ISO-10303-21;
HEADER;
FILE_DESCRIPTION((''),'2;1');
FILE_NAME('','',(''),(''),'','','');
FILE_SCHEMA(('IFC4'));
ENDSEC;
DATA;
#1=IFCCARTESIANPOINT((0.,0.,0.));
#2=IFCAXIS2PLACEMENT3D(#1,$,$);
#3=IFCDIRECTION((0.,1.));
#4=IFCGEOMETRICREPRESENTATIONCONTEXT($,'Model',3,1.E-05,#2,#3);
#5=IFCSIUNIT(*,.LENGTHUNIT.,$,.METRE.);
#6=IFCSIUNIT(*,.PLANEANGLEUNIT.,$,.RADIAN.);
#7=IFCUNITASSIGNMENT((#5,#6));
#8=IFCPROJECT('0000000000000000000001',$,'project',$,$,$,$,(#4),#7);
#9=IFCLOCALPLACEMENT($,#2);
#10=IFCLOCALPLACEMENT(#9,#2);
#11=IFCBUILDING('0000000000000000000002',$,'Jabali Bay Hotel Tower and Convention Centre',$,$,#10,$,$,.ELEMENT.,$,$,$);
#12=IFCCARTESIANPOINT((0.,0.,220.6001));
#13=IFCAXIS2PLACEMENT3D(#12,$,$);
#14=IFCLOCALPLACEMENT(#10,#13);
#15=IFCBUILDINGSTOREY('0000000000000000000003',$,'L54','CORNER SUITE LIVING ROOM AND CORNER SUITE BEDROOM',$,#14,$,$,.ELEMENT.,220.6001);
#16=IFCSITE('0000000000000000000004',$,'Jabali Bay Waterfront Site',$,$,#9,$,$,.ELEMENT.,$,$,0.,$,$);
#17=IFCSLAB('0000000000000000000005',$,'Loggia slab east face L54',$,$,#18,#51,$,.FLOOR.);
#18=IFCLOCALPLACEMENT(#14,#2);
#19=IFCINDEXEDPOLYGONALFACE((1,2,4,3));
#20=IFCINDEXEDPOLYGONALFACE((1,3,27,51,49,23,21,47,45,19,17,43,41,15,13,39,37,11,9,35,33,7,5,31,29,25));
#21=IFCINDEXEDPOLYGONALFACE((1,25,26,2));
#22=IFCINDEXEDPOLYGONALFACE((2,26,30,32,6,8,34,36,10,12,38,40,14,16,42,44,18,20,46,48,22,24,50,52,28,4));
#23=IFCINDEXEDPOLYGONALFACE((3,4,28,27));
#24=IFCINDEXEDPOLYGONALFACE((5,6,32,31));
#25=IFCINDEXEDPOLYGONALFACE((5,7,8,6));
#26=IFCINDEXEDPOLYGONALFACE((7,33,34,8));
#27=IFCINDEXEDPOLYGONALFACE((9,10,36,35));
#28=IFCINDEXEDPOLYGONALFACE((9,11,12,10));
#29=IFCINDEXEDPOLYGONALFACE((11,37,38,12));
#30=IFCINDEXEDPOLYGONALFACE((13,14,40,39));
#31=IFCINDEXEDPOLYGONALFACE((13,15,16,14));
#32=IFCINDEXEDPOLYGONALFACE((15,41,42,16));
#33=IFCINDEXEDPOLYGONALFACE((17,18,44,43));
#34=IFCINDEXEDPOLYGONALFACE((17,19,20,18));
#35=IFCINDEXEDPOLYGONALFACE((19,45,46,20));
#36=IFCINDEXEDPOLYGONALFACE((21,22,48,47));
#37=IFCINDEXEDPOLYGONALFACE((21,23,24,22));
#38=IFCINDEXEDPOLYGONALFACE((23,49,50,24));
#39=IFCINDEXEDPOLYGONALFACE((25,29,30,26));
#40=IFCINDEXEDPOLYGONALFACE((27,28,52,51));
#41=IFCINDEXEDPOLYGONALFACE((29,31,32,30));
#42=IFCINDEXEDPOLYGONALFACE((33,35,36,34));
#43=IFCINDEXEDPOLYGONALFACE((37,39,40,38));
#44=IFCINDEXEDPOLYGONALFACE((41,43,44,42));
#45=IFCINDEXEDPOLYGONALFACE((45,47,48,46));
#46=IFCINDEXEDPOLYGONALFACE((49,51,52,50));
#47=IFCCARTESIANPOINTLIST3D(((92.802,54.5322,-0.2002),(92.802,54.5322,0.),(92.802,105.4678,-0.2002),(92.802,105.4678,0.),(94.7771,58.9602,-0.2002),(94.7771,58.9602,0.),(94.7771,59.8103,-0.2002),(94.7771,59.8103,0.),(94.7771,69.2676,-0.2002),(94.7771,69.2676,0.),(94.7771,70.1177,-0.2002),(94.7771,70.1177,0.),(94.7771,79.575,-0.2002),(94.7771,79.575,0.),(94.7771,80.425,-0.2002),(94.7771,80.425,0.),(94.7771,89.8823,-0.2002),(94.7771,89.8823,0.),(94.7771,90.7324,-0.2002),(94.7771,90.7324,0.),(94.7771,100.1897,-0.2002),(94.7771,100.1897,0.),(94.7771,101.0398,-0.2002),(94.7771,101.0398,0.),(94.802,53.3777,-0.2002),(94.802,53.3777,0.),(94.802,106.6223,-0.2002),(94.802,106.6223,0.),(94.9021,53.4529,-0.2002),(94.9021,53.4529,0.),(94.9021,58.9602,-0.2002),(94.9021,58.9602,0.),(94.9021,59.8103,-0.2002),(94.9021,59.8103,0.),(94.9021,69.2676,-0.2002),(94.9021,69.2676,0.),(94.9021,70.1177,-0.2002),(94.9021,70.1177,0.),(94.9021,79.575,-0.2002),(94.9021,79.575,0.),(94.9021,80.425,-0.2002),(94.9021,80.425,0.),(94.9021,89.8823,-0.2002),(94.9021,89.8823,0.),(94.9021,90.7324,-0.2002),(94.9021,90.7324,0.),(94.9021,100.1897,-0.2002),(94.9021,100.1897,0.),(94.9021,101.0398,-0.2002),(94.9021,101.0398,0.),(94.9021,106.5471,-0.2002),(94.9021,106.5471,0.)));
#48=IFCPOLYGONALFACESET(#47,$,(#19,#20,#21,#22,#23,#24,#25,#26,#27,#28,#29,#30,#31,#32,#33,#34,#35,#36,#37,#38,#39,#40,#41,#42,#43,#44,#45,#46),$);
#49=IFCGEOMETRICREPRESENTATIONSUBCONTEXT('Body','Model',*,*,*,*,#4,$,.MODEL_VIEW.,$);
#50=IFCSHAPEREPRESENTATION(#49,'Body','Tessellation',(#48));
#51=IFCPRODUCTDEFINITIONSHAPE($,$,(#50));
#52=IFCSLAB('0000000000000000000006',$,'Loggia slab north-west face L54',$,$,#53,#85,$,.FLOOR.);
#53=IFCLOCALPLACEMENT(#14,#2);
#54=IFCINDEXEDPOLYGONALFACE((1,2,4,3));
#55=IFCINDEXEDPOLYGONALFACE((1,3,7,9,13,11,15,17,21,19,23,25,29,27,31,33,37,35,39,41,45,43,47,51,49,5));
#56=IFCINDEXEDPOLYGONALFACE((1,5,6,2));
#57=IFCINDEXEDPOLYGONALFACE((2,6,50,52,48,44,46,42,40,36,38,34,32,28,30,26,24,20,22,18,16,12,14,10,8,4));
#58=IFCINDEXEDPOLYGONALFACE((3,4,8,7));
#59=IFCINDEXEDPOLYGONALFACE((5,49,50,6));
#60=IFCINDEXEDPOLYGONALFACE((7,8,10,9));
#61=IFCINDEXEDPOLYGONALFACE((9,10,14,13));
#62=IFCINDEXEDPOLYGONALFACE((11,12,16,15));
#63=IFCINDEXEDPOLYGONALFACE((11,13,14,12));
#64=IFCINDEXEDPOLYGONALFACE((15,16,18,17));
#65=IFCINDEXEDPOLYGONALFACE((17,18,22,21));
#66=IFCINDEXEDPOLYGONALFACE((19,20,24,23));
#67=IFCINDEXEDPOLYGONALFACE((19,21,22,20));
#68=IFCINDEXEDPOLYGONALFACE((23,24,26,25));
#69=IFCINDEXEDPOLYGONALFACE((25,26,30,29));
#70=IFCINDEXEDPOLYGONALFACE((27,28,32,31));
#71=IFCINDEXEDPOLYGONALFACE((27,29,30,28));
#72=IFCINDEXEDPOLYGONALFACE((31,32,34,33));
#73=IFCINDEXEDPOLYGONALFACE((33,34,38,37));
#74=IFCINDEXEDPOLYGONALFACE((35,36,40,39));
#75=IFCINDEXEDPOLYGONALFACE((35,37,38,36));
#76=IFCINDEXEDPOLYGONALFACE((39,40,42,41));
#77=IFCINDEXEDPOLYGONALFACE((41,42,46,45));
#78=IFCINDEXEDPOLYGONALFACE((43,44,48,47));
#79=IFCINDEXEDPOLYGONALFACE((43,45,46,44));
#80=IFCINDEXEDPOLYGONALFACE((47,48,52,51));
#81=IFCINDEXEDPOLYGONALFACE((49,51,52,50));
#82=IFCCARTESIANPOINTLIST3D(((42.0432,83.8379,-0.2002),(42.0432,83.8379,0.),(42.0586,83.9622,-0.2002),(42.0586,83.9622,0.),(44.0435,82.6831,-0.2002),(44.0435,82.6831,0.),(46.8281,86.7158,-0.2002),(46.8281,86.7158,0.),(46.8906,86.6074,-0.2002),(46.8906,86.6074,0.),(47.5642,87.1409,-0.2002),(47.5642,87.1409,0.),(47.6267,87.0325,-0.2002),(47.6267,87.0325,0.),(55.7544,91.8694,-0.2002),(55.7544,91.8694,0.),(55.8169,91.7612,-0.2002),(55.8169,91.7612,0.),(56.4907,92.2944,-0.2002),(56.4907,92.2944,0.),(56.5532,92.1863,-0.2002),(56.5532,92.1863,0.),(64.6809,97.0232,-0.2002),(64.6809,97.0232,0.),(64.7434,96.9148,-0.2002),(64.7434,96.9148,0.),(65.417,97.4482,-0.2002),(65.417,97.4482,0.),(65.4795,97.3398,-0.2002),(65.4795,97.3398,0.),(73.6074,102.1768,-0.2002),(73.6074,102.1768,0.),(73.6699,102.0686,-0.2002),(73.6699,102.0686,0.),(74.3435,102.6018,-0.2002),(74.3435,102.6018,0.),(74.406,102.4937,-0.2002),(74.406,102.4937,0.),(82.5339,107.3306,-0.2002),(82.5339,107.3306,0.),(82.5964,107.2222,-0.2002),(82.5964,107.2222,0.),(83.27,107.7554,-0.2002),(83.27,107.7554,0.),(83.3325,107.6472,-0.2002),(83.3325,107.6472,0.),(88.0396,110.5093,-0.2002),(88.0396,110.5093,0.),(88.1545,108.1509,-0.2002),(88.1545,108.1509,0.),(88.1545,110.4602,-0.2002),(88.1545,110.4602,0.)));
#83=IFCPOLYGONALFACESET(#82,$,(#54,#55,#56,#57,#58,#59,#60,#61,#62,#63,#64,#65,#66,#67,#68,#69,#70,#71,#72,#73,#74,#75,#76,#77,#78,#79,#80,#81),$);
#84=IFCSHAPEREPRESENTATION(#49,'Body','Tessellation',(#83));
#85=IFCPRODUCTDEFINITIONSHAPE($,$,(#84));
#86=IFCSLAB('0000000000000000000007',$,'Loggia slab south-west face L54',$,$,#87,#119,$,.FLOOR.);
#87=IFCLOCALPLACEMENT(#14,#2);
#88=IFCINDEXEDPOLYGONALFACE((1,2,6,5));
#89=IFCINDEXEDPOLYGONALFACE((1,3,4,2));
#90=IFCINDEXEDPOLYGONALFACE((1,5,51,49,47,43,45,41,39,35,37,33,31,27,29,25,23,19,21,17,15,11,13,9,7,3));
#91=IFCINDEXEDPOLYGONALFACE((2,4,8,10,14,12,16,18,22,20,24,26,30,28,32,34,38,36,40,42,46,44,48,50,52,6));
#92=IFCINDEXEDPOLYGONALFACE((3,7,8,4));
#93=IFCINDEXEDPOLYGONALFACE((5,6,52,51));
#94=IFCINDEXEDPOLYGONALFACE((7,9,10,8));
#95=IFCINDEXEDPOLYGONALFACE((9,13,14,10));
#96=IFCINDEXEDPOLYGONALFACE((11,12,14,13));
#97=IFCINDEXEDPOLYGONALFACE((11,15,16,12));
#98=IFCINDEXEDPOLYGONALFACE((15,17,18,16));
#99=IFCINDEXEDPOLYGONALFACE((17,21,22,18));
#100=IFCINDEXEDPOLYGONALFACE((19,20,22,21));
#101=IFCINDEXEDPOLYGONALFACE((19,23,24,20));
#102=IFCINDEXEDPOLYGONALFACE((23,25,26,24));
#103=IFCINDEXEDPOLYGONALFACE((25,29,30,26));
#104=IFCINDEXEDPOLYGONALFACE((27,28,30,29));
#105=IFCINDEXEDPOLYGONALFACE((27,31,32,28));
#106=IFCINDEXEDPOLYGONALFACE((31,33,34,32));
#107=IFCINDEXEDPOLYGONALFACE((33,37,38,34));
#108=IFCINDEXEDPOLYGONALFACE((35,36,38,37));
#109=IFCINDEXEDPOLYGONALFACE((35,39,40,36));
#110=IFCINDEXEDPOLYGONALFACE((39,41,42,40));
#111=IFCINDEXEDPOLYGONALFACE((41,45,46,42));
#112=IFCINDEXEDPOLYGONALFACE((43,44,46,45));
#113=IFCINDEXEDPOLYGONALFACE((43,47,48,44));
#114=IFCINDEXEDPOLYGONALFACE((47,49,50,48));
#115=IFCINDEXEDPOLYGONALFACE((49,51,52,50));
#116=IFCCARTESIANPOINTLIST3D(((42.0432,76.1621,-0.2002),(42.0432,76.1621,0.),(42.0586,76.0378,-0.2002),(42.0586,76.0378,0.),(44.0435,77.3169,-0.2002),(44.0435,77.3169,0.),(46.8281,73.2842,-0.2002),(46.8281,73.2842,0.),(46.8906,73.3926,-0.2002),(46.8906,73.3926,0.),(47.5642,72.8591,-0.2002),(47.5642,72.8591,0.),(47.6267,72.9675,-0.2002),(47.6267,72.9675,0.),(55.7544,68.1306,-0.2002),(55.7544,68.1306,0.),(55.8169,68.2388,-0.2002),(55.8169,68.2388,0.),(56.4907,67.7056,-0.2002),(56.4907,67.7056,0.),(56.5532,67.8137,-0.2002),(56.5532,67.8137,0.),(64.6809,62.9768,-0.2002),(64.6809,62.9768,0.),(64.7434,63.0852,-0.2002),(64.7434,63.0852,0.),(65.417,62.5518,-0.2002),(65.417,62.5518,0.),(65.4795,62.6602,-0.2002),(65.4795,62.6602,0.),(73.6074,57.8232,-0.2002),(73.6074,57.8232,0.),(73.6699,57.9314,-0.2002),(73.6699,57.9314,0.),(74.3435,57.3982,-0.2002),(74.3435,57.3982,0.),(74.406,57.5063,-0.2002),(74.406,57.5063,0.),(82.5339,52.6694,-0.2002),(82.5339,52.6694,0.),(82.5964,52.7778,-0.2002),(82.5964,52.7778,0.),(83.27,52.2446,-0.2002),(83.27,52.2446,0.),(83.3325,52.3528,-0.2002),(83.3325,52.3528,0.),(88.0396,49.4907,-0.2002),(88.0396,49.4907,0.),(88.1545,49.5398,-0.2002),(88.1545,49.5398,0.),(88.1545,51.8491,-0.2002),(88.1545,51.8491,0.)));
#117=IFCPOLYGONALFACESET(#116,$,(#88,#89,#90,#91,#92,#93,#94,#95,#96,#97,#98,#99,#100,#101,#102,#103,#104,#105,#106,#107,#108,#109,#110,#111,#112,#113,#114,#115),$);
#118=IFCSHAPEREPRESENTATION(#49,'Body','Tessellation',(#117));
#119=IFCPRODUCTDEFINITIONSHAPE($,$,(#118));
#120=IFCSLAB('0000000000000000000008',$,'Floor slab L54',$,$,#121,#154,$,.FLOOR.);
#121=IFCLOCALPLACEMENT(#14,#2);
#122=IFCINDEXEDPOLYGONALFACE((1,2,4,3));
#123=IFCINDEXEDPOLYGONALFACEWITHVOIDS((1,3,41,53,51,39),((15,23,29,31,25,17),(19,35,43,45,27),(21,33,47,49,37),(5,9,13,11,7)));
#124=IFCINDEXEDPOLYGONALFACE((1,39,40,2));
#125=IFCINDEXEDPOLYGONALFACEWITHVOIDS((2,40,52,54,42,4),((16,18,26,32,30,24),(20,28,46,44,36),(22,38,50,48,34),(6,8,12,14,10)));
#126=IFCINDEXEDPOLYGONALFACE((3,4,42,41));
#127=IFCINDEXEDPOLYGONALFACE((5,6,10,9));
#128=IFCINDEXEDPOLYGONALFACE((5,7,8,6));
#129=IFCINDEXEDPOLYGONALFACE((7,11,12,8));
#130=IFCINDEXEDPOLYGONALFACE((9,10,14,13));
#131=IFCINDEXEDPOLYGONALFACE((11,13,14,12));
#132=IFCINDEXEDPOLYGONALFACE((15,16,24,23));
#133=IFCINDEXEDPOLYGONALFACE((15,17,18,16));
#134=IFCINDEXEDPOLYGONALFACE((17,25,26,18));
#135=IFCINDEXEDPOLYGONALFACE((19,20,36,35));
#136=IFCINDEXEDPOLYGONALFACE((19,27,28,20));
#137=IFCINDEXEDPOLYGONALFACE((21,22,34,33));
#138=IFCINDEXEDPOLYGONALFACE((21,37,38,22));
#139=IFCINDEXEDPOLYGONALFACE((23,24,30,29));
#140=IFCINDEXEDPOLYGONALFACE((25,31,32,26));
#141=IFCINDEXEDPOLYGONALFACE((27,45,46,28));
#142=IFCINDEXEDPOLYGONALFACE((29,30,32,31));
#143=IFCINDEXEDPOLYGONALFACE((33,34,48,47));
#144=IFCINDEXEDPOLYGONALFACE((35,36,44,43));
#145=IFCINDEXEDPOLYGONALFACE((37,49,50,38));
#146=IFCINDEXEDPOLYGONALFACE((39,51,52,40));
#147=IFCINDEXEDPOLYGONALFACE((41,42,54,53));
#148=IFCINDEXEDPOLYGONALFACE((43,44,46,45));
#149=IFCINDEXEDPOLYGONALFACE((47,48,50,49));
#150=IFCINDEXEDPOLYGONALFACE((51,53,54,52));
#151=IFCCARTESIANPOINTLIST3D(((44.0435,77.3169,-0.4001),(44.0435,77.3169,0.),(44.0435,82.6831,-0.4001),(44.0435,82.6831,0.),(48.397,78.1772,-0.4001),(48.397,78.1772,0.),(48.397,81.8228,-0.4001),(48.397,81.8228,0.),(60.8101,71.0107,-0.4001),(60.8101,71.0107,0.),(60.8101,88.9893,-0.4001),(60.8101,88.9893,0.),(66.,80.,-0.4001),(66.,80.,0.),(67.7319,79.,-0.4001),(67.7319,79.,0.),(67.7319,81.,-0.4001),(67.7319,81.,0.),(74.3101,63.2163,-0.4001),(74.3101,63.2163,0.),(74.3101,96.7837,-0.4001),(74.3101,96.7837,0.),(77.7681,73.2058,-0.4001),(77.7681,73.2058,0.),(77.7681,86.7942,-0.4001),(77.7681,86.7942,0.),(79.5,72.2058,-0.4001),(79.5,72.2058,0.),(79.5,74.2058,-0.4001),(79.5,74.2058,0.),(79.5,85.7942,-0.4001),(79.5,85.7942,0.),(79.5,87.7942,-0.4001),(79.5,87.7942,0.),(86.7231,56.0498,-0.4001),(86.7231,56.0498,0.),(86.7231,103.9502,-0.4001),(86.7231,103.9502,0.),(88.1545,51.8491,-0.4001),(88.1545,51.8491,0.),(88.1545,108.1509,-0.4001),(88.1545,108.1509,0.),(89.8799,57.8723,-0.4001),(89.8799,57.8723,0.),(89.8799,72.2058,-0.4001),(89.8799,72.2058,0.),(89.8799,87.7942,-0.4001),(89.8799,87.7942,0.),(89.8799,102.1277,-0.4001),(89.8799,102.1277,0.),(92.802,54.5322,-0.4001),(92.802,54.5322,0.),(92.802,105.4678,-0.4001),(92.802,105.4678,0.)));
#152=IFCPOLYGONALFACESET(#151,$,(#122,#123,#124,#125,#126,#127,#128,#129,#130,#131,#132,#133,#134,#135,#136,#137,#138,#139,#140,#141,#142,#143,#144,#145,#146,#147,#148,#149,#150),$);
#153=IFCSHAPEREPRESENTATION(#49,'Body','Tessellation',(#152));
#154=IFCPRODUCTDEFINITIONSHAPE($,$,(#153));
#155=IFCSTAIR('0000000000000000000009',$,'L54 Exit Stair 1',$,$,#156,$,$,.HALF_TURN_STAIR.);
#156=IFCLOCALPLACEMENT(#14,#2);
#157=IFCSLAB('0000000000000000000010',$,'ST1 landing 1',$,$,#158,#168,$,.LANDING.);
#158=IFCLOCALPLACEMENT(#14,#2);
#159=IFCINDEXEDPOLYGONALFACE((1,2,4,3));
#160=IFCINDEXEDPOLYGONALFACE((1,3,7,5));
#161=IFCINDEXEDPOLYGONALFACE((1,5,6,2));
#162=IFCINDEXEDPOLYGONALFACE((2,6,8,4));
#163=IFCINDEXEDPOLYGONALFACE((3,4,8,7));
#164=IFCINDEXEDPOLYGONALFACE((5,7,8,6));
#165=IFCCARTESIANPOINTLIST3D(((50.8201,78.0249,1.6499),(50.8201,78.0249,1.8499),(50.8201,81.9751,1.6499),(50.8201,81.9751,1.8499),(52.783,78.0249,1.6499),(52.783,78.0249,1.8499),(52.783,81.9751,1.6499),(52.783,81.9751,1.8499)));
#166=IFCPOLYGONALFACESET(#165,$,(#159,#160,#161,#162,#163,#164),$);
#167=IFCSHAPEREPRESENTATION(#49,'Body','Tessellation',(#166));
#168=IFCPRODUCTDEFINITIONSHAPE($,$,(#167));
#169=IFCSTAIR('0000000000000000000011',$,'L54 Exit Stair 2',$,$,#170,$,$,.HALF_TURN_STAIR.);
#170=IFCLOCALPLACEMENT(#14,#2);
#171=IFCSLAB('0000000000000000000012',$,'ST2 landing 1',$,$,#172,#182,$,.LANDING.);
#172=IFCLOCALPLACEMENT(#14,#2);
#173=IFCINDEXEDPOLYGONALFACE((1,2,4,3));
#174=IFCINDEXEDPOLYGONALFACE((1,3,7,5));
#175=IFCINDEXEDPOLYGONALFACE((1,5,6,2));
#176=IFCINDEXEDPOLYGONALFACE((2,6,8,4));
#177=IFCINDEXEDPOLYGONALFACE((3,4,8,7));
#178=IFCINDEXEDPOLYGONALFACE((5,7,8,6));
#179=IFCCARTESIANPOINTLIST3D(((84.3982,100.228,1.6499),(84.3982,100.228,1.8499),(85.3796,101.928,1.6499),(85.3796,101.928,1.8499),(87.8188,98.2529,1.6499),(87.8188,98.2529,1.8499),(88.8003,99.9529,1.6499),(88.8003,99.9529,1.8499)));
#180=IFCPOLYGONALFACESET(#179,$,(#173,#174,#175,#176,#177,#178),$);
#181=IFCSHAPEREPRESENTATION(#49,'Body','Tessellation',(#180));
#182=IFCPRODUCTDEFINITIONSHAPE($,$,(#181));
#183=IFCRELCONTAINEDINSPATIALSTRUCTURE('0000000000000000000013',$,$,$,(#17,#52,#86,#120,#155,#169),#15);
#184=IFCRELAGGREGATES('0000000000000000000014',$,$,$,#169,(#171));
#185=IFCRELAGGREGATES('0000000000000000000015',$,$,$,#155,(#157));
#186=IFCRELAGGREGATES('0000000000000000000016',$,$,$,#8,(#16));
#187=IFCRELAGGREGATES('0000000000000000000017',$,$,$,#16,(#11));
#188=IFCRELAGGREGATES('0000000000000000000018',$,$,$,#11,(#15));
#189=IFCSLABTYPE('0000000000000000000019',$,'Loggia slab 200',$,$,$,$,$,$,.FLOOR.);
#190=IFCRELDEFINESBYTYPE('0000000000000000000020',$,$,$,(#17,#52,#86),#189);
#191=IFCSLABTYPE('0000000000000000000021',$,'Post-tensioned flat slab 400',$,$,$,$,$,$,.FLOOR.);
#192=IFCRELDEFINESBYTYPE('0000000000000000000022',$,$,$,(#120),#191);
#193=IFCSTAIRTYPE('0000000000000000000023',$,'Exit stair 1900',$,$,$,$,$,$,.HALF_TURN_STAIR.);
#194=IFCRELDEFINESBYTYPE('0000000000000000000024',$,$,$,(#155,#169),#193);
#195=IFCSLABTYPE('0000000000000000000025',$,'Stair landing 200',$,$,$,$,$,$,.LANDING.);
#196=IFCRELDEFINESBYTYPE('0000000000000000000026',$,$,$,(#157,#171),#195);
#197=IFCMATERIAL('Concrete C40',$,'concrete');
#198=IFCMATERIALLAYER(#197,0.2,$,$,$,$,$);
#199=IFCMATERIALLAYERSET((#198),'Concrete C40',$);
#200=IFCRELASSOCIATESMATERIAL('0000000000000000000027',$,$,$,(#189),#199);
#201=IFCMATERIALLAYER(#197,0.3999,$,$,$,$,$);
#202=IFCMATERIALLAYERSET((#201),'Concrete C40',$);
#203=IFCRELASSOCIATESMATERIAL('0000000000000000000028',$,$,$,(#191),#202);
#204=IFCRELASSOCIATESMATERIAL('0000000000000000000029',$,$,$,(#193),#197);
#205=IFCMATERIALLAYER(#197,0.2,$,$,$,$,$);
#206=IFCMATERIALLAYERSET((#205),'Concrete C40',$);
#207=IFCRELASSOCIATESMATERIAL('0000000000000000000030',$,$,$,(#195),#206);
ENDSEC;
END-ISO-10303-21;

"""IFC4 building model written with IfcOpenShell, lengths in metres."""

from ifc_helpers import new_model, si_unit, direction, frame, origin, place, context, subcontext, project, spatial, polyline, outline, extrude, material, layer, layer_set, type_object, element, aggregate, save


model = new_model("IFC4")

# Units and contexts
model_context = context("Model", 3, precision=1e-05, world=origin(), true_north=direction((0.0, 1.0)))
body_context = subcontext(model_context, "Body", "Model", "MODEL_VIEW")
ifc_project = project(units=[si_unit("LENGTHUNIT", "METRE"), si_unit("PLANEANGLEUNIT", "RADIAN")], contexts=[model_context])

# Site, building, storey
site_placement = place(None, origin())
site = spatial("IfcSite", under=ifc_project, at=site_placement, Name="Jabali Bay Waterfront Site", CompositionType="ELEMENT", RefElevation=0.0)
building_placement = place(site_placement, origin())
building = spatial("IfcBuilding", under=site, at=building_placement, Name="Jabali Bay Hotel Tower and Convention Centre", CompositionType="ELEMENT")
storey_placement = place(building_placement, frame((0.0, 0.0, 220.6001)))
storey = spatial("IfcBuildingStorey", under=building, at=storey_placement, Name="L54", Description="CORNER SUITE LIVING ROOM AND CORNER SUITE BEDROOM", CompositionType="ELEMENT", Elevation=220.6001)

# Slabs
ifc_material_1 = material(Name="Concrete C40", Category="concrete")
ifc_layer_1 = layer(ifc_material_1, 0.2)
ifc_layer_set_1 = layer_set([ifc_layer_1], Name="Concrete C40")
slab_type_1 = type_object("IfcSlabType", Name="Loggia slab 200", PredefinedType="FLOOR", material=ifc_layer_set_1)
slab_1_placement = place(storey_placement, frame((0.0, 0.0, -0.2002)))
element("IfcSlab", 1, at=slab_1_placement, inside=storey, type_object=slab_type_1, Name="Loggia slab east face L54", PredefinedType="FLOOR", context=body_context, shape_type="SweptSolid", body=[
    extrude(outline(polyline([(92.802, 105.4678), (94.802, 106.6223), (94.9021, 106.5471), (94.9021, 101.0398), (94.7771, 101.0398), (94.7771, 100.1897), (94.9021, 100.1897), (94.9021, 90.7324), (94.7771, 90.7324), (94.7771, 89.8823), (94.9021, 89.8823), (94.9021, 80.425), (94.7771, 80.425), (94.7771, 79.575), (94.9021, 79.575), (94.9021, 70.1177), (94.7771, 70.1177), (94.7771, 69.2676), (94.9021, 69.2676), (94.9021, 59.8103), (94.7771, 59.8103), (94.7771, 58.9602), (94.9021, 58.9602), (94.9021, 53.4529), (94.802, 53.3777), (92.802, 54.5322), (92.802, 105.4678)])), origin(), (0.0, 0.0, 1.0), 0.2002),
])
slab_2_placement = place(storey_placement, frame((0.0, 0.0, -0.2002)))
element("IfcSlab", 2, at=slab_2_placement, inside=storey, type_object=slab_type_1, Name="Loggia slab north-west face L54", PredefinedType="FLOOR", context=body_context, shape_type="SweptSolid", body=[
    extrude(outline(polyline([(44.0435, 82.6831), (42.0432, 83.8379), (42.0586, 83.9622), (46.8281, 86.7158), (46.8906, 86.6074), (47.6267, 87.0325), (47.5642, 87.1409), (55.7544, 91.8694), (55.8169, 91.7612), (56.5532, 92.1863), (56.4907, 92.2944), (64.6809, 97.0232), (64.7434, 96.9148), (65.4795, 97.3398), (65.417, 97.4482), (73.6074, 102.1768), (73.6699, 102.0686), (74.406, 102.4937), (74.3435, 102.6018), (82.5339, 107.3306), (82.5964, 107.2222), (83.3325, 107.6472), (83.27, 107.7554), (88.0396, 110.5093), (88.1545, 110.4602), (88.1545, 108.1509), (44.0435, 82.6831)])), origin(), (0.0, 0.0, 1.0), 0.2002),
])
slab_3_placement = place(storey_placement, frame((0.0, 0.0, -0.2002)))
element("IfcSlab", 3, at=slab_3_placement, inside=storey, type_object=slab_type_1, Name="Loggia slab south-west face L54", PredefinedType="FLOOR", context=body_context, shape_type="SweptSolid", body=[
    extrude(outline(polyline([(88.1545, 51.8491), (88.1545, 49.5398), (88.0396, 49.4907), (83.27, 52.2446), (83.3325, 52.3528), (82.5964, 52.7778), (82.5339, 52.6694), (74.3435, 57.3982), (74.406, 57.5063), (73.6699, 57.9314), (73.6074, 57.8232), (65.417, 62.5518), (65.4795, 62.6602), (64.7434, 63.0852), (64.6809, 62.9768), (56.4907, 67.7056), (56.5532, 67.8137), (55.8169, 68.2388), (55.7544, 68.1306), (47.5642, 72.8591), (47.6267, 72.9675), (46.8906, 73.3926), (46.8281, 73.2842), (42.0586, 76.0378), (42.0432, 76.1621), (44.0435, 77.3169), (88.1545, 51.8491)])), origin(), (0.0, 0.0, 1.0), 0.2002),
])
ifc_layer_2 = layer(ifc_material_1, 0.3999)
ifc_layer_set_2 = layer_set([ifc_layer_2], Name="Concrete C40")
slab_type_2 = type_object("IfcSlabType", Name="Post-tensioned flat slab 400", PredefinedType="FLOOR", material=ifc_layer_set_2)
slab_4_placement = place(storey_placement, frame((0.0, 0.0, -0.4001)))
element("IfcSlab", 4, at=slab_4_placement, inside=storey, type_object=slab_type_2, Name="Floor slab L54", PredefinedType="FLOOR", context=body_context, shape_type="SweptSolid", body=[
    extrude(outline(polyline([(88.1545, 108.1509), (92.802, 105.4678), (92.802, 54.5322), (88.1545, 51.8491), (44.0435, 77.3169), (44.0435, 82.6831), (88.1545, 108.1509)]), holes=[polyline([(67.7319, 79.0), (77.7681, 73.2058), (79.5, 74.2058), (79.5, 85.7942), (77.7681, 86.7942), (67.7319, 81.0), (67.7319, 79.0)]), polyline([(48.397, 78.1772), (60.8101, 71.0107), (66.0, 80.0), (60.8101, 88.9893), (48.397, 81.8228), (48.397, 78.1772)]), polyline([(89.8799, 102.1277), (86.7231, 103.9502), (74.3101, 96.7837), (79.5, 87.7942), (89.8799, 87.7942), (89.8799, 102.1277)]), polyline([(74.3101, 63.2163), (86.7231, 56.0498), (89.8799, 57.8723), (89.8799, 72.2058), (79.5, 72.2058), (74.3101, 63.2163)])]), origin(), (0.0, 0.0, 1.0), 0.4001),
])

# Stairs, slabs
stair_type = type_object("IfcStairType", Name="Exit stair 1900", PredefinedType="HALF_TURN_STAIR", material=ifc_material_1)
stair_1_placement = place(storey_placement, origin())
stair_1 = element("IfcStair", 5, at=stair_1_placement, inside=storey, type_object=stair_type, Name="L54 Exit Stair 1", PredefinedType="HALF_TURN_STAIR")
ifc_layer_3 = layer(ifc_material_1, 0.2)
ifc_layer_set_3 = layer_set([ifc_layer_3], Name="Concrete C40")
slab_type_3 = type_object("IfcSlabType", Name="Stair landing 200", PredefinedType="LANDING", material=ifc_layer_set_3)
slab_5_placement = place(storey_placement, frame((0.0, 0.0, 1.6499)))
slab_5 = element("IfcSlab", 6, at=slab_5_placement, type_object=slab_type_3, Name="ST1 landing 1", PredefinedType="LANDING", context=body_context, shape_type="SweptSolid", body=[
    extrude(outline(polyline([(52.783, 81.9751), (50.8201, 81.9751), (50.8201, 78.0249), (52.783, 78.0249), (52.783, 81.9751)])), origin(), (0.0, 0.0, 1.0), 0.2),
])
stair_2_placement = place(storey_placement, origin())
stair_2 = element("IfcStair", 7, at=stair_2_placement, inside=storey, type_object=stair_type, Name="L54 Exit Stair 2", PredefinedType="HALF_TURN_STAIR")
slab_6_placement = place(storey_placement, frame((0.0, 0.0, 1.6499)))
slab_6 = element("IfcSlab", 8, at=slab_6_placement, type_object=slab_type_3, Name="ST2 landing 1", PredefinedType="LANDING", context=body_context, shape_type="SweptSolid", body=[
    extrude(outline(polyline([(87.8188, 98.2529), (88.8003, 99.9529), (85.3796, 101.928), (84.3982, 100.228), (87.8188, 98.2529)])), origin(), (0.0, 0.0, 1.0), 0.2),
])
aggregate(stair_2, [slab_6])

aggregate(stair_1, [slab_5])

save(model, "model.ifc")
